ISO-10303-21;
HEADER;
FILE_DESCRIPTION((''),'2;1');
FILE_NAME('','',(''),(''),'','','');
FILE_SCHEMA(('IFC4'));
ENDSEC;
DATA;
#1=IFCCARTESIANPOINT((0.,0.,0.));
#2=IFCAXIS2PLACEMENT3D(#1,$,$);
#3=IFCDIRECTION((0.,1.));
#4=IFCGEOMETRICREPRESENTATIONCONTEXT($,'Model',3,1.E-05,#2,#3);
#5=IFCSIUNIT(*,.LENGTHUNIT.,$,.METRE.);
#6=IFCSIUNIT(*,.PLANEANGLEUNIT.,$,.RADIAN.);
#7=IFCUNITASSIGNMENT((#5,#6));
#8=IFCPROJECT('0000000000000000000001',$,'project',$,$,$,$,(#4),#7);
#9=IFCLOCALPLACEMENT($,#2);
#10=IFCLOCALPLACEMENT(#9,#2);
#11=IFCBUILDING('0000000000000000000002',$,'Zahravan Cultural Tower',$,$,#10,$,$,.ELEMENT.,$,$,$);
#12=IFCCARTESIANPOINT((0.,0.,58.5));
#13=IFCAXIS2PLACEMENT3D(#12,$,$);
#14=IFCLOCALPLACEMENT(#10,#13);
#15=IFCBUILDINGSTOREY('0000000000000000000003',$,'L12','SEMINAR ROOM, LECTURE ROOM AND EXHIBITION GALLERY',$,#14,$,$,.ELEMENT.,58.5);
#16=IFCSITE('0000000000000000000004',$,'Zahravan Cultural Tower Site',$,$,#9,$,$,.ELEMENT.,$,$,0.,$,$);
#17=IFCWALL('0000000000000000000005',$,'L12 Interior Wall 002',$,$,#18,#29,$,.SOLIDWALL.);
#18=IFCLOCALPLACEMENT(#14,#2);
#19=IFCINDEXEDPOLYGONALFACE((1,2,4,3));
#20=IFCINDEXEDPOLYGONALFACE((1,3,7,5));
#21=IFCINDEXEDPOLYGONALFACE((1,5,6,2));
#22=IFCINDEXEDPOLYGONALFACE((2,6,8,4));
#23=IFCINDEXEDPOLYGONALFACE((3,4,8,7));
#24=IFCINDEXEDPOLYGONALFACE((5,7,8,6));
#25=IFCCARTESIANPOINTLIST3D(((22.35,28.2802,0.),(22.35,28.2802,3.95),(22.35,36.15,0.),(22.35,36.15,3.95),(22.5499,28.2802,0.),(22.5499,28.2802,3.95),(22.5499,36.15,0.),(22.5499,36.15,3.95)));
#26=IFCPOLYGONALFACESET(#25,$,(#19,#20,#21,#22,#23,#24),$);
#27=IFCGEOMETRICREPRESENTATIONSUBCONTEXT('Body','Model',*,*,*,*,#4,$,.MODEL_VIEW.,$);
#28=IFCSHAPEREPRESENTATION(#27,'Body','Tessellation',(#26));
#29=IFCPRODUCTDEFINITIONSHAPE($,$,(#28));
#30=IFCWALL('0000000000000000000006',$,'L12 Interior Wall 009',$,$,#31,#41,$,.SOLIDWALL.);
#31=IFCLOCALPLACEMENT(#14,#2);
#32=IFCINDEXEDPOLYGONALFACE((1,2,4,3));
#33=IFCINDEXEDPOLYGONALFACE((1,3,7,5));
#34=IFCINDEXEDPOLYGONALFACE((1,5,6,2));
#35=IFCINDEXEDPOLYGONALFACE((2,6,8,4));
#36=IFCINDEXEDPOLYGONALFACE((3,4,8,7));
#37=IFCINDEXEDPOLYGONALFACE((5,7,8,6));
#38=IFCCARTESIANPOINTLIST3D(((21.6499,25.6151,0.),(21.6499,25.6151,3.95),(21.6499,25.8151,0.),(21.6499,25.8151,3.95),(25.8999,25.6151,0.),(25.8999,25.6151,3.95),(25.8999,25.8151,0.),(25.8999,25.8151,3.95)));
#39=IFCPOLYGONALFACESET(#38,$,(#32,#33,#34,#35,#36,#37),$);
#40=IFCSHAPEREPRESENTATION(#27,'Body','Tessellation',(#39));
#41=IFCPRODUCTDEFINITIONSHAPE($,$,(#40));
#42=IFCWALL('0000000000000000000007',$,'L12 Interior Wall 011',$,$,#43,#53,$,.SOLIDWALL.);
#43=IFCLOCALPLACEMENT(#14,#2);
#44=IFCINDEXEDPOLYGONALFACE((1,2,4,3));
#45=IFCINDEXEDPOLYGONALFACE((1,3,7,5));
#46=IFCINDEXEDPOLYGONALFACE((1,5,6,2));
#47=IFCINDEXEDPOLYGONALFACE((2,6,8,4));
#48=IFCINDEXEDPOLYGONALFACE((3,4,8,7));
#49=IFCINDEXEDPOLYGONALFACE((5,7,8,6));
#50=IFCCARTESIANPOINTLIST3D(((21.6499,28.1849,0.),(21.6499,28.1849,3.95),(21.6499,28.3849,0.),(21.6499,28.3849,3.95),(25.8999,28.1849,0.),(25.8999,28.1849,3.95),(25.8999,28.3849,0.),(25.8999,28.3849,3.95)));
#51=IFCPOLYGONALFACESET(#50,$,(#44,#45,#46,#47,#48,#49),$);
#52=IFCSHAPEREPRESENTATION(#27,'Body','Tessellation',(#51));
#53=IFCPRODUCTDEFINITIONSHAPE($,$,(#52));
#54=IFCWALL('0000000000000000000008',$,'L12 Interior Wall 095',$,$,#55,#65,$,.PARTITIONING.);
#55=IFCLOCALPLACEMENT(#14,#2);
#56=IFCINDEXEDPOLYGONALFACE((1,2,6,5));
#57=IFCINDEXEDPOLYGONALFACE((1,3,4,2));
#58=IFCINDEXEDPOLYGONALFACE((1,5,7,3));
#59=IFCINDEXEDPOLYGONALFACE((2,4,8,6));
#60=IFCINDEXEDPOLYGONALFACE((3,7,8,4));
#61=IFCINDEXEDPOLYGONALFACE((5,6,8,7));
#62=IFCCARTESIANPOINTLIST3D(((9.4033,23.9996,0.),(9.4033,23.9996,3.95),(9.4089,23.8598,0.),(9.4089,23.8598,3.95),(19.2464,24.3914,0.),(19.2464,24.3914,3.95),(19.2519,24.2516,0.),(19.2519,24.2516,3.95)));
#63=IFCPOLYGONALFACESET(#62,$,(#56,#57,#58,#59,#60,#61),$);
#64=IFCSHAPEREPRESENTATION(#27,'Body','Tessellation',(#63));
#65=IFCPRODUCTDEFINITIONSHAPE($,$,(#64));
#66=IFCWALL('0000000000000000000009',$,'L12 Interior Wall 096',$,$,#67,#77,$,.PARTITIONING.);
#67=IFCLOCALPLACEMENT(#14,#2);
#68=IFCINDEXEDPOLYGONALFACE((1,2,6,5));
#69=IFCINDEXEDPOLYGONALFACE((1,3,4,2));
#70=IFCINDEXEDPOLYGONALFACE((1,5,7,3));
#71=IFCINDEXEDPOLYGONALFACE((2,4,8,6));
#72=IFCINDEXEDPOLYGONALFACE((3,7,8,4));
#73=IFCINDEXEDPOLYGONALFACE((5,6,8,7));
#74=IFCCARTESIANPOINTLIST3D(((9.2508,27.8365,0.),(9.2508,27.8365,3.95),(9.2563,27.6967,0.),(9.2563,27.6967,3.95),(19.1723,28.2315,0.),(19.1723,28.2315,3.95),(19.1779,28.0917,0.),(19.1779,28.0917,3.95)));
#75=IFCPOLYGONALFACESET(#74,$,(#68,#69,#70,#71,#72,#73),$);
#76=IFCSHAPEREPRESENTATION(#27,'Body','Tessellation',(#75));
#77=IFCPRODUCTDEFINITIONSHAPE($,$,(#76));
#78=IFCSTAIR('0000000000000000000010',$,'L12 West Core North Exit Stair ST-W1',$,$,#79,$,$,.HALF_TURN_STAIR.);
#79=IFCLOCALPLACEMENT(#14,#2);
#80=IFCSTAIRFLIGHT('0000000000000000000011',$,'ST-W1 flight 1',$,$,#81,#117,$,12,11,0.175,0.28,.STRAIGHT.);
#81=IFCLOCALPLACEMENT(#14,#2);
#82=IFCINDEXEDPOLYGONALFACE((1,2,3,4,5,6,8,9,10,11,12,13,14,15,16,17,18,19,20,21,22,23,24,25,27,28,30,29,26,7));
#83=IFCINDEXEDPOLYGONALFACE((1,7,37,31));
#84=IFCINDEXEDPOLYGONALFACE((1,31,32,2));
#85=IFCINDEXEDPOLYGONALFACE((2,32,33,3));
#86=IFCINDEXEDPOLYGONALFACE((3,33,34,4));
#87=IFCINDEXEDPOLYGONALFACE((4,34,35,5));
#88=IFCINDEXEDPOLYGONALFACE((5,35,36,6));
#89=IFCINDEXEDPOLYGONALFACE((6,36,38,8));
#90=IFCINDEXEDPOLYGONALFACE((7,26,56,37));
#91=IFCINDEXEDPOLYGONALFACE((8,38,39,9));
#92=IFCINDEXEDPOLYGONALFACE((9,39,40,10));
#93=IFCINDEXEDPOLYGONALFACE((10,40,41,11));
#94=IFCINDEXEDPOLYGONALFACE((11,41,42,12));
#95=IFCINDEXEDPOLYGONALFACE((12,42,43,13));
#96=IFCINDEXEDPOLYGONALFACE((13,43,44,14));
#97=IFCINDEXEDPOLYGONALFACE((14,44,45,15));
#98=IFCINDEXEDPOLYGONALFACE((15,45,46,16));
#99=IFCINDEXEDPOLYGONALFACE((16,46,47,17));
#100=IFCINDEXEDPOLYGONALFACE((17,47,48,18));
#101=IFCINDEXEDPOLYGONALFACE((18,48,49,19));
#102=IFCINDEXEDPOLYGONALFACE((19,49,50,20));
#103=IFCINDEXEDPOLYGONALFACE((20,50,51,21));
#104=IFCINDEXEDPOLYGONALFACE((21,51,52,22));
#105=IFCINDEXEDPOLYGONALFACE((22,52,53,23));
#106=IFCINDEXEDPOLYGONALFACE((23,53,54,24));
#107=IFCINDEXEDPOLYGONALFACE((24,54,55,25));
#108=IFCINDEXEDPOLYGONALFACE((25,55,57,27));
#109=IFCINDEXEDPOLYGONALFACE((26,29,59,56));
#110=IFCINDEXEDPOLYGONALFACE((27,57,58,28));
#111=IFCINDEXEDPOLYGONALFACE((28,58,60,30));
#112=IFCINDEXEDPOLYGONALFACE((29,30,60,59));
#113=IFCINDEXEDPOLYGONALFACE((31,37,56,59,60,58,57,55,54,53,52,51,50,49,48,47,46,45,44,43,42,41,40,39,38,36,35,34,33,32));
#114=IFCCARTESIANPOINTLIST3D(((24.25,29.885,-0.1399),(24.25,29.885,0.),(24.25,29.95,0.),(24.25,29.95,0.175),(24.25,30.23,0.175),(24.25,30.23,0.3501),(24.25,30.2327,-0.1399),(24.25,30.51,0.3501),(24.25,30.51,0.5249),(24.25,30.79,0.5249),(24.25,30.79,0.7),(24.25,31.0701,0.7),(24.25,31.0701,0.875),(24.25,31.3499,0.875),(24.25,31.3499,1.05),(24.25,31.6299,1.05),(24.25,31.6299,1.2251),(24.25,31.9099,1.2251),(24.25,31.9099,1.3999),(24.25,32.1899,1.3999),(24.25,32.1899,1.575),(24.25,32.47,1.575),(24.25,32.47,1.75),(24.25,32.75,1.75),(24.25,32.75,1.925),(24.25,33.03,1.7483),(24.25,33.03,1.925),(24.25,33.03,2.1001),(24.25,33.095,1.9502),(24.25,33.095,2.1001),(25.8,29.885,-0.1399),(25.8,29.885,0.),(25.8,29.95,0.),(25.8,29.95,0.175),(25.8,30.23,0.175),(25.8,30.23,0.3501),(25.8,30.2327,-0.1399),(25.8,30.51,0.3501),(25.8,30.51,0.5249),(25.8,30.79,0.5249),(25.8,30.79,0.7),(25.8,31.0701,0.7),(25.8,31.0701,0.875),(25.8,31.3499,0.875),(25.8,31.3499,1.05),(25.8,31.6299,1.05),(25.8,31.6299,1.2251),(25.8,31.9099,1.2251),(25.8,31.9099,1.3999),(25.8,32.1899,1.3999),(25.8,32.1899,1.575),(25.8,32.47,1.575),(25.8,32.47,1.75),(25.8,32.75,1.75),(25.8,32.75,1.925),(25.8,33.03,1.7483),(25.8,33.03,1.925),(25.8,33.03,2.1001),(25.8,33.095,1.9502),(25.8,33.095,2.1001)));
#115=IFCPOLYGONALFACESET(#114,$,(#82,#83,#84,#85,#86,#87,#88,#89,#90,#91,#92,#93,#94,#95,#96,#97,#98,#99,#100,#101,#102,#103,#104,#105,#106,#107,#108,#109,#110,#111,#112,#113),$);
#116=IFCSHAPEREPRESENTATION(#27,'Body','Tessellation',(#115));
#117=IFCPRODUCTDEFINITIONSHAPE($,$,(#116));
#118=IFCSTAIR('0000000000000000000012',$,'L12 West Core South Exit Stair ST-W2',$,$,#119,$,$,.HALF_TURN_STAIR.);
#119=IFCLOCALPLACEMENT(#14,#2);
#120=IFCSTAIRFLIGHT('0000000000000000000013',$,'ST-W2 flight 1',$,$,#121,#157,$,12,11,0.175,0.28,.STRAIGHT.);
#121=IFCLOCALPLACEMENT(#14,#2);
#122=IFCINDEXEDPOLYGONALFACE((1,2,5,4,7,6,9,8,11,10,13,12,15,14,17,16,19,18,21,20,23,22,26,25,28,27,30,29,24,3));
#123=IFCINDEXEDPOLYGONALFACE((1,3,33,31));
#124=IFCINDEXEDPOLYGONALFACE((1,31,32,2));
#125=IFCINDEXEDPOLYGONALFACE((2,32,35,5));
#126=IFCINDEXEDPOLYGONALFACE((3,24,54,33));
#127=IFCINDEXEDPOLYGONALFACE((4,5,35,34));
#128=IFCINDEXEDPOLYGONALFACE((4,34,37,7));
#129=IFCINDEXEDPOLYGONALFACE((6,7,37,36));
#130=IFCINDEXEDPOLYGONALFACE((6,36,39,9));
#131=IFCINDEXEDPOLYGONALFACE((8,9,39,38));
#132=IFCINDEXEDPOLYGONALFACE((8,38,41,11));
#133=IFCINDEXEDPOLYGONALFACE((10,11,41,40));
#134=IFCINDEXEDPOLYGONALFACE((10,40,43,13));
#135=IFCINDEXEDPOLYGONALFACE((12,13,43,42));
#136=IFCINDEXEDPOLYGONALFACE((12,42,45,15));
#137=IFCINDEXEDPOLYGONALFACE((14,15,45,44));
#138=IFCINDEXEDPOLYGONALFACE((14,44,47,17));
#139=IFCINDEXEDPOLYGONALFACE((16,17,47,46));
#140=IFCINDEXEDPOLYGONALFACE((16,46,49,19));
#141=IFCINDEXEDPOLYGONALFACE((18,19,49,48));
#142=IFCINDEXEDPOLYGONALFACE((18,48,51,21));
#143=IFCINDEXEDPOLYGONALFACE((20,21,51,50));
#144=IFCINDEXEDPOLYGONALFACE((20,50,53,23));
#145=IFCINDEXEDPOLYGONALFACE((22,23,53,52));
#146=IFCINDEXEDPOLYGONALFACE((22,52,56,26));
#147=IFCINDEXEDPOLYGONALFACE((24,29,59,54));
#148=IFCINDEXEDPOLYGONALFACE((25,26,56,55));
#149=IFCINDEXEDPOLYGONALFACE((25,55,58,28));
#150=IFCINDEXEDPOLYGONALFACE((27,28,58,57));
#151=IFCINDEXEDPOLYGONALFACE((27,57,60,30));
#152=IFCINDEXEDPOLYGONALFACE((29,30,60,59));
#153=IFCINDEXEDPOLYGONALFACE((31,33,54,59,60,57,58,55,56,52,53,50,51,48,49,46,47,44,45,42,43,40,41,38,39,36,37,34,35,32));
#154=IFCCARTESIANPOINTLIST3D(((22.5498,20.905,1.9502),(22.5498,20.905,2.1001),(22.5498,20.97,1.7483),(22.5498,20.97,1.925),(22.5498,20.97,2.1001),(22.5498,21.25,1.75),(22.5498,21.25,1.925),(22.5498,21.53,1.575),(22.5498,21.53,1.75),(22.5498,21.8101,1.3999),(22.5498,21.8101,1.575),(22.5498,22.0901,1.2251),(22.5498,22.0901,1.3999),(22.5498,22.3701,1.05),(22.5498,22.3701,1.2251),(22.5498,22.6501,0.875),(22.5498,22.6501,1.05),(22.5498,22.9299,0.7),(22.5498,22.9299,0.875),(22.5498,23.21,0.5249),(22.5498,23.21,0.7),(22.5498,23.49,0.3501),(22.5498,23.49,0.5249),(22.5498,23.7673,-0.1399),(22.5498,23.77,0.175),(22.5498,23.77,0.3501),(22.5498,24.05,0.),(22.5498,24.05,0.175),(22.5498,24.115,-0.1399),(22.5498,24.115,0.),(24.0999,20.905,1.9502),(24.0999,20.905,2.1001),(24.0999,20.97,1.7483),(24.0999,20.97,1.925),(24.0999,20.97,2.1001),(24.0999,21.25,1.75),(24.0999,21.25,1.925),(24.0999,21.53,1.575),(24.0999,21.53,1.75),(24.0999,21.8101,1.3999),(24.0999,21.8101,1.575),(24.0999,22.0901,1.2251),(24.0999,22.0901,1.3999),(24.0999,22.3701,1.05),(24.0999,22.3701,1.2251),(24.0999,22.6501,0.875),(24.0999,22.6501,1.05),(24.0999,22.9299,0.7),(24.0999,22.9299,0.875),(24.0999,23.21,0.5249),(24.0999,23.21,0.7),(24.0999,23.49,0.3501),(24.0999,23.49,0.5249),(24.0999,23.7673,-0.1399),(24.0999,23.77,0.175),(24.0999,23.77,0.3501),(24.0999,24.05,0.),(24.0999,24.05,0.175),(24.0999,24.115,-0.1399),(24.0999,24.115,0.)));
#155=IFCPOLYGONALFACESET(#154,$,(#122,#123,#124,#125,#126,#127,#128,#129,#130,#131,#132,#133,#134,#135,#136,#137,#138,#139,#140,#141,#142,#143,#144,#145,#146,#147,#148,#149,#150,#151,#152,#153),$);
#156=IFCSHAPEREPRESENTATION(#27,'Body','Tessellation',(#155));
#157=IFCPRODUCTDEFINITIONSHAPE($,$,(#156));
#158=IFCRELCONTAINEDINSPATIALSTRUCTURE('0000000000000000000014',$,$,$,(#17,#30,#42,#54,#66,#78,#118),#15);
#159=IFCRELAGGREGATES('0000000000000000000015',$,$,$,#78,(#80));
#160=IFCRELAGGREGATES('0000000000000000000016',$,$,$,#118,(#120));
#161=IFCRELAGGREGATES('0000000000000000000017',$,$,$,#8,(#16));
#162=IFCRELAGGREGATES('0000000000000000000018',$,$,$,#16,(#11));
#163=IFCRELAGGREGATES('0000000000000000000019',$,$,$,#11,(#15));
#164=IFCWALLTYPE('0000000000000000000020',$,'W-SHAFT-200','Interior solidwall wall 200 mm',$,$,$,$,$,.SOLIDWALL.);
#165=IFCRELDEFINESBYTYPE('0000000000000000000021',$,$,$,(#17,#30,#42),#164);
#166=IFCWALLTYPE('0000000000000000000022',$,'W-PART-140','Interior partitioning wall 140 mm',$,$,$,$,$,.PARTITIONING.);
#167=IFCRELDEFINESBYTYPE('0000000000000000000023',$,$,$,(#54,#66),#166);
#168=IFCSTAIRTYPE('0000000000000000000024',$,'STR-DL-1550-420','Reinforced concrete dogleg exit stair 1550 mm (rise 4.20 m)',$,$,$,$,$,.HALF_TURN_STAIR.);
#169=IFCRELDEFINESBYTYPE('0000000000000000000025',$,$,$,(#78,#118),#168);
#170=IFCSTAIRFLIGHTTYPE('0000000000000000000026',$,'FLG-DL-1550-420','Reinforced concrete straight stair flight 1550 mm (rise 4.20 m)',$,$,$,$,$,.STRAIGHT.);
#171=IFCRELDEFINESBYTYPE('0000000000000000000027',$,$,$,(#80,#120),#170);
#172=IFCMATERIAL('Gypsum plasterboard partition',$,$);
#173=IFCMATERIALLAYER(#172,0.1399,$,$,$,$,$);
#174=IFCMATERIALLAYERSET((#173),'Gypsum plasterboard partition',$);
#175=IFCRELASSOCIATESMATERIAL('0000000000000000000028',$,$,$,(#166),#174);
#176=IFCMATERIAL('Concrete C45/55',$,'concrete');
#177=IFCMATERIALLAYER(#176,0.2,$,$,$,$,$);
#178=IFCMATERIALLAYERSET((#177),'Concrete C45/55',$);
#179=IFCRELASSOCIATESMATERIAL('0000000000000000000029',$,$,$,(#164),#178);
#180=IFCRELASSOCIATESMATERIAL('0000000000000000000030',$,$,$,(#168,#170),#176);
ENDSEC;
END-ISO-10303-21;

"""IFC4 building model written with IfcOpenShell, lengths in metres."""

from ifc_helpers import new_model, si_unit, direction, frame, frame_2d, origin, place, context, subcontext, project, spatial, polyline, rectangle, outline, extrude, source, transform, mapped, material, layer, layer_set, type_object, element, aggregate, save


model = new_model("IFC4")

# Units and contexts
model_context = context("Model", 3, precision=1e-05, world=origin(), true_north=direction((0.0, 1.0)))
body_context = subcontext(model_context, "Body", "Model", "MODEL_VIEW")
ifc_project = project(units=[si_unit("LENGTHUNIT", "METRE"), si_unit("PLANEANGLEUNIT", "RADIAN")], contexts=[model_context])

# Site, building, storey
site_placement = place(None, origin())
site = spatial("IfcSite", under=ifc_project, at=site_placement, Name="Zahravan Cultural Tower Site", CompositionType="ELEMENT", RefElevation=0.0)
building_placement = place(site_placement, origin())
building = spatial("IfcBuilding", under=site, at=building_placement, Name="Zahravan Cultural Tower", CompositionType="ELEMENT")
storey_placement = place(building_placement, frame((0.0, 0.0, 58.5)))
storey = spatial("IfcBuildingStorey", under=building, at=storey_placement, Name="L12", Description="SEMINAR ROOM, LECTURE ROOM AND EXHIBITION GALLERY", CompositionType="ELEMENT", Elevation=58.5)

# Shared definitions
ifc_material_1 = material(Name="Gypsum plasterboard partition")
ifc_layer_1 = layer(ifc_material_1, 0.1399)
ifc_layer_set_1 = layer_set([ifc_layer_1], Name="Gypsum plasterboard partition")
wall_type_1 = type_object("IfcWallType", Name="W-PART-140", Description="Interior partitioning wall 140 mm", PredefinedType="PARTITIONING", material=ifc_layer_set_1)

# Walls
ifc_material_2 = material(Name="Concrete C45/55", Category="concrete")
ifc_layer_2 = layer(ifc_material_2, 0.2)
ifc_layer_set_2 = layer_set([ifc_layer_2], Name="Concrete C45/55")
wall_type_2 = type_object("IfcWallType", Name="W-SHAFT-200", Description="Interior solidwall wall 200 mm", PredefinedType="SOLIDWALL", material=ifc_layer_set_2)
shared_shape_1 = source(origin(), body_context, "Body", "SweptSolid", [
    extrude(rectangle(XDim=7.8699, YDim=0.2, at=frame_2d((3.9351, 0.0))), origin(), (0.0, 0.0, 1.0), 3.95),
])
wall_1_placement = place(storey_placement, frame((22.45, 28.28, 0.0), z_axis=(0.0, 0.0, 1.0), x_axis=(0.0, 1.0, 0.0)))
element("IfcWall", 1, at=wall_1_placement, inside=storey, type_object=wall_type_2, Name="L12 Interior Wall 002", PredefinedType="SOLIDWALL", context=body_context, shape_type="MappedRepresentation", body=[
    mapped(shared_shape_1, transform((0.0, 0.0, 0.0), x_axis=(1.0, 0.0, 0.0), y_axis=(0.0, 1.0, 0.0), z_axis=(0.0, 0.0, 1.0), scale=1.0)),
])
shared_shape_2 = source(origin(), body_context, "Body", "SweptSolid", [
    extrude(rectangle(XDim=4.25, YDim=0.2, at=frame_2d((2.125, 0.0))), origin(), (0.0, 0.0, 1.0), 3.95),
])
for number, where, z_axis, x_axis, name in (
    (2, (21.6499, 25.7151, 0.0), (0.0, 0.0, 1.0), (1.0, 0.0, 0.0), "L12 Interior Wall 009"),
    (3, (21.6499, 28.2849, 0.0), (0.0, 0.0, 1.0), (1.0, 0.0, 0.0), "L12 Interior Wall 011"),
):
    element("IfcWall", number, at=place(storey_placement, frame(where, z_axis=z_axis, x_axis=x_axis)), inside=storey, type_object=wall_type_2, Name=name, PredefinedType="SOLIDWALL", context=body_context, shape_type="MappedRepresentation", body=[
        mapped(shared_shape_2, transform((0.0, 0.0, 0.0), x_axis=(1.0, 0.0, 0.0), y_axis=(0.0, 1.0, 0.0), z_axis=(0.0, 0.0, 1.0), scale=1.0)),
    ])
shared_shape_3 = source(origin(), body_context, "Body", "SweptSolid", [
    extrude(rectangle(XDim=9.8508, YDim=0.1399, at=frame_2d((4.9253, 0.0))), origin(), (0.0, 0.0, 1.0), 3.95),
])
wall_2_placement = place(storey_placement, frame((19.249, 24.3215, 0.0), z_axis=(0.0, 0.0, 1.0), x_axis=(-0.999209, -0.039778, 0.0)))
element("IfcWall", 4, at=wall_2_placement, inside=storey, type_object=wall_type_1, Name="L12 Interior Wall 095", PredefinedType="PARTITIONING", context=body_context, shape_type="MappedRepresentation", body=[
    mapped(shared_shape_3, transform((0.0, 0.0, 0.0), x_axis=(1.0, 0.0, 0.0), y_axis=(0.0, 1.0, 0.0), z_axis=(0.0, 0.0, 1.0), scale=1.0)),
])
shared_shape_4 = source(origin(), body_context, "Body", "SweptSolid", [
    extrude(rectangle(XDim=9.9294, YDim=0.1399, at=frame_2d((4.9648, 0.0))), origin(), (0.0, 0.0, 1.0), 3.95),
])
wall_3_placement = place(storey_placement, frame((9.2534, 27.7666, 0.0), z_axis=(0.0, 0.0, 1.0), x_axis=(0.999208, 0.039782, 0.0)))
element("IfcWall", 5, at=wall_3_placement, inside=storey, type_object=wall_type_1, Name="L12 Interior Wall 096", PredefinedType="PARTITIONING", context=body_context, shape_type="MappedRepresentation", body=[
    mapped(shared_shape_4, transform((0.0, 0.0, 0.0), x_axis=(1.0, 0.0, 0.0), y_axis=(0.0, 1.0, 0.0), z_axis=(0.0, 0.0, 1.0), scale=1.0)),
])

# Stairs, stair flights
stair_type = type_object("IfcStairType", Name="STR-DL-1550-420", Description="Reinforced concrete dogleg exit stair 1550 mm (rise 4.20 m)", PredefinedType="HALF_TURN_STAIR", material=ifc_material_2)
stair_1_placement = place(storey_placement, origin())
stair_1 = element("IfcStair", 6, at=stair_1_placement, inside=storey, type_object=stair_type, Name="L12 West Core North Exit Stair ST-W1", PredefinedType="HALF_TURN_STAIR")
stair_flight_type = type_object("IfcStairFlightType", Name="FLG-DL-1550-420", Description="Reinforced concrete straight stair flight 1550 mm (rise 4.20 m)", PredefinedType="STRAIGHT", material=ifc_material_2)
stair_flight_1_placement = place(storey_placement, frame((25.0249, 29.95, 0.0), z_axis=(0.0, 0.0, 1.0), x_axis=(0.0, 1.0, 0.0)))
stair_flight_1 = element("IfcStairFlight", 7, at=stair_flight_1_placement, type_object=stair_flight_type, Name="ST-W1 flight 1", NumberOfRisers=12, NumberOfTreads=11, PredefinedType="STRAIGHT", RiserHeight=0.175, TreadLength=0.28, context=body_context, shape_type="SweptSolid", body=[
    extrude(outline(polyline([(-0.0649, -0.1399), (-0.0649, 0.0), (0.0, 0.0), (0.0, 0.175), (0.28, 0.175), (0.28, 0.3501), (0.5601, 0.3501), (0.5601, 0.5249), (0.8401, 0.5249), (0.8401, 0.7), (1.1201, 0.7), (1.1201, 0.875), (1.3999, 0.875), (1.3999, 1.05), (1.6799, 1.05), (1.6799, 1.2251), (1.96, 1.2251), (1.96, 1.3999), (2.24, 1.3999), (2.24, 1.575), (2.52, 1.575), (2.52, 1.75), (2.8, 1.75), (2.8, 1.925), (3.0801, 1.925), (3.0801, 2.1001), (3.145, 2.1001), (3.145, 1.9502), (3.0801, 1.7483), (0.2827, -0.1399), (-0.0649, -0.1399)])), frame((0.0, 0.7749, 0.0), z_axis=(0.0, -1.0, 0.0), x_axis=(1.0, 0.0, 0.0)), (0.0, 0.0, 1.0), 1.55),
])
aggregate(stair_1, [stair_flight_1])
stair_2_placement = place(storey_placement, origin())
stair_2 = element("IfcStair", 8, at=stair_2_placement, inside=storey, type_object=stair_type, Name="L12 West Core South Exit Stair ST-W2", PredefinedType="HALF_TURN_STAIR")
stair_flight_2_placement = place(storey_placement, frame((23.325, 24.05, 0.0), z_axis=(0.0, 0.0, 1.0), x_axis=(0.0, -1.0, 0.0)))
stair_flight_2 = element("IfcStairFlight", 9, at=stair_flight_2_placement, type_object=stair_flight_type, Name="ST-W2 flight 1", NumberOfRisers=12, NumberOfTreads=11, PredefinedType="STRAIGHT", RiserHeight=0.175, TreadLength=0.28, context=body_context, shape_type="SweptSolid", body=[
    extrude(outline(polyline([(-0.0649, -0.1399), (-0.0649, 0.0), (0.0, 0.0), (0.0, 0.175), (0.28, 0.175), (0.28, 0.3501), (0.5601, 0.3501), (0.5601, 0.5249), (0.8401, 0.5249), (0.8401, 0.7), (1.1201, 0.7), (1.1201, 0.875), (1.3999, 0.875), (1.3999, 1.05), (1.6799, 1.05), (1.6799, 1.2251), (1.96, 1.2251), (1.96, 1.3999), (2.24, 1.3999), (2.24, 1.575), (2.52, 1.575), (2.52, 1.75), (2.8, 1.75), (2.8, 1.925), (3.0801, 1.925), (3.0801, 2.1001), (3.145, 2.1001), (3.145, 1.9502), (3.0801, 1.7483), (0.2827, -0.1399), (-0.0649, -0.1399)])), frame((0.0, 0.7749, 0.0), z_axis=(0.0, -1.0, 0.0), x_axis=(1.0, 0.0, 0.0)), (0.0, 0.0, 1.0), 1.55),
])
aggregate(stair_2, [stair_flight_2])

save(model, "model.ifc")
